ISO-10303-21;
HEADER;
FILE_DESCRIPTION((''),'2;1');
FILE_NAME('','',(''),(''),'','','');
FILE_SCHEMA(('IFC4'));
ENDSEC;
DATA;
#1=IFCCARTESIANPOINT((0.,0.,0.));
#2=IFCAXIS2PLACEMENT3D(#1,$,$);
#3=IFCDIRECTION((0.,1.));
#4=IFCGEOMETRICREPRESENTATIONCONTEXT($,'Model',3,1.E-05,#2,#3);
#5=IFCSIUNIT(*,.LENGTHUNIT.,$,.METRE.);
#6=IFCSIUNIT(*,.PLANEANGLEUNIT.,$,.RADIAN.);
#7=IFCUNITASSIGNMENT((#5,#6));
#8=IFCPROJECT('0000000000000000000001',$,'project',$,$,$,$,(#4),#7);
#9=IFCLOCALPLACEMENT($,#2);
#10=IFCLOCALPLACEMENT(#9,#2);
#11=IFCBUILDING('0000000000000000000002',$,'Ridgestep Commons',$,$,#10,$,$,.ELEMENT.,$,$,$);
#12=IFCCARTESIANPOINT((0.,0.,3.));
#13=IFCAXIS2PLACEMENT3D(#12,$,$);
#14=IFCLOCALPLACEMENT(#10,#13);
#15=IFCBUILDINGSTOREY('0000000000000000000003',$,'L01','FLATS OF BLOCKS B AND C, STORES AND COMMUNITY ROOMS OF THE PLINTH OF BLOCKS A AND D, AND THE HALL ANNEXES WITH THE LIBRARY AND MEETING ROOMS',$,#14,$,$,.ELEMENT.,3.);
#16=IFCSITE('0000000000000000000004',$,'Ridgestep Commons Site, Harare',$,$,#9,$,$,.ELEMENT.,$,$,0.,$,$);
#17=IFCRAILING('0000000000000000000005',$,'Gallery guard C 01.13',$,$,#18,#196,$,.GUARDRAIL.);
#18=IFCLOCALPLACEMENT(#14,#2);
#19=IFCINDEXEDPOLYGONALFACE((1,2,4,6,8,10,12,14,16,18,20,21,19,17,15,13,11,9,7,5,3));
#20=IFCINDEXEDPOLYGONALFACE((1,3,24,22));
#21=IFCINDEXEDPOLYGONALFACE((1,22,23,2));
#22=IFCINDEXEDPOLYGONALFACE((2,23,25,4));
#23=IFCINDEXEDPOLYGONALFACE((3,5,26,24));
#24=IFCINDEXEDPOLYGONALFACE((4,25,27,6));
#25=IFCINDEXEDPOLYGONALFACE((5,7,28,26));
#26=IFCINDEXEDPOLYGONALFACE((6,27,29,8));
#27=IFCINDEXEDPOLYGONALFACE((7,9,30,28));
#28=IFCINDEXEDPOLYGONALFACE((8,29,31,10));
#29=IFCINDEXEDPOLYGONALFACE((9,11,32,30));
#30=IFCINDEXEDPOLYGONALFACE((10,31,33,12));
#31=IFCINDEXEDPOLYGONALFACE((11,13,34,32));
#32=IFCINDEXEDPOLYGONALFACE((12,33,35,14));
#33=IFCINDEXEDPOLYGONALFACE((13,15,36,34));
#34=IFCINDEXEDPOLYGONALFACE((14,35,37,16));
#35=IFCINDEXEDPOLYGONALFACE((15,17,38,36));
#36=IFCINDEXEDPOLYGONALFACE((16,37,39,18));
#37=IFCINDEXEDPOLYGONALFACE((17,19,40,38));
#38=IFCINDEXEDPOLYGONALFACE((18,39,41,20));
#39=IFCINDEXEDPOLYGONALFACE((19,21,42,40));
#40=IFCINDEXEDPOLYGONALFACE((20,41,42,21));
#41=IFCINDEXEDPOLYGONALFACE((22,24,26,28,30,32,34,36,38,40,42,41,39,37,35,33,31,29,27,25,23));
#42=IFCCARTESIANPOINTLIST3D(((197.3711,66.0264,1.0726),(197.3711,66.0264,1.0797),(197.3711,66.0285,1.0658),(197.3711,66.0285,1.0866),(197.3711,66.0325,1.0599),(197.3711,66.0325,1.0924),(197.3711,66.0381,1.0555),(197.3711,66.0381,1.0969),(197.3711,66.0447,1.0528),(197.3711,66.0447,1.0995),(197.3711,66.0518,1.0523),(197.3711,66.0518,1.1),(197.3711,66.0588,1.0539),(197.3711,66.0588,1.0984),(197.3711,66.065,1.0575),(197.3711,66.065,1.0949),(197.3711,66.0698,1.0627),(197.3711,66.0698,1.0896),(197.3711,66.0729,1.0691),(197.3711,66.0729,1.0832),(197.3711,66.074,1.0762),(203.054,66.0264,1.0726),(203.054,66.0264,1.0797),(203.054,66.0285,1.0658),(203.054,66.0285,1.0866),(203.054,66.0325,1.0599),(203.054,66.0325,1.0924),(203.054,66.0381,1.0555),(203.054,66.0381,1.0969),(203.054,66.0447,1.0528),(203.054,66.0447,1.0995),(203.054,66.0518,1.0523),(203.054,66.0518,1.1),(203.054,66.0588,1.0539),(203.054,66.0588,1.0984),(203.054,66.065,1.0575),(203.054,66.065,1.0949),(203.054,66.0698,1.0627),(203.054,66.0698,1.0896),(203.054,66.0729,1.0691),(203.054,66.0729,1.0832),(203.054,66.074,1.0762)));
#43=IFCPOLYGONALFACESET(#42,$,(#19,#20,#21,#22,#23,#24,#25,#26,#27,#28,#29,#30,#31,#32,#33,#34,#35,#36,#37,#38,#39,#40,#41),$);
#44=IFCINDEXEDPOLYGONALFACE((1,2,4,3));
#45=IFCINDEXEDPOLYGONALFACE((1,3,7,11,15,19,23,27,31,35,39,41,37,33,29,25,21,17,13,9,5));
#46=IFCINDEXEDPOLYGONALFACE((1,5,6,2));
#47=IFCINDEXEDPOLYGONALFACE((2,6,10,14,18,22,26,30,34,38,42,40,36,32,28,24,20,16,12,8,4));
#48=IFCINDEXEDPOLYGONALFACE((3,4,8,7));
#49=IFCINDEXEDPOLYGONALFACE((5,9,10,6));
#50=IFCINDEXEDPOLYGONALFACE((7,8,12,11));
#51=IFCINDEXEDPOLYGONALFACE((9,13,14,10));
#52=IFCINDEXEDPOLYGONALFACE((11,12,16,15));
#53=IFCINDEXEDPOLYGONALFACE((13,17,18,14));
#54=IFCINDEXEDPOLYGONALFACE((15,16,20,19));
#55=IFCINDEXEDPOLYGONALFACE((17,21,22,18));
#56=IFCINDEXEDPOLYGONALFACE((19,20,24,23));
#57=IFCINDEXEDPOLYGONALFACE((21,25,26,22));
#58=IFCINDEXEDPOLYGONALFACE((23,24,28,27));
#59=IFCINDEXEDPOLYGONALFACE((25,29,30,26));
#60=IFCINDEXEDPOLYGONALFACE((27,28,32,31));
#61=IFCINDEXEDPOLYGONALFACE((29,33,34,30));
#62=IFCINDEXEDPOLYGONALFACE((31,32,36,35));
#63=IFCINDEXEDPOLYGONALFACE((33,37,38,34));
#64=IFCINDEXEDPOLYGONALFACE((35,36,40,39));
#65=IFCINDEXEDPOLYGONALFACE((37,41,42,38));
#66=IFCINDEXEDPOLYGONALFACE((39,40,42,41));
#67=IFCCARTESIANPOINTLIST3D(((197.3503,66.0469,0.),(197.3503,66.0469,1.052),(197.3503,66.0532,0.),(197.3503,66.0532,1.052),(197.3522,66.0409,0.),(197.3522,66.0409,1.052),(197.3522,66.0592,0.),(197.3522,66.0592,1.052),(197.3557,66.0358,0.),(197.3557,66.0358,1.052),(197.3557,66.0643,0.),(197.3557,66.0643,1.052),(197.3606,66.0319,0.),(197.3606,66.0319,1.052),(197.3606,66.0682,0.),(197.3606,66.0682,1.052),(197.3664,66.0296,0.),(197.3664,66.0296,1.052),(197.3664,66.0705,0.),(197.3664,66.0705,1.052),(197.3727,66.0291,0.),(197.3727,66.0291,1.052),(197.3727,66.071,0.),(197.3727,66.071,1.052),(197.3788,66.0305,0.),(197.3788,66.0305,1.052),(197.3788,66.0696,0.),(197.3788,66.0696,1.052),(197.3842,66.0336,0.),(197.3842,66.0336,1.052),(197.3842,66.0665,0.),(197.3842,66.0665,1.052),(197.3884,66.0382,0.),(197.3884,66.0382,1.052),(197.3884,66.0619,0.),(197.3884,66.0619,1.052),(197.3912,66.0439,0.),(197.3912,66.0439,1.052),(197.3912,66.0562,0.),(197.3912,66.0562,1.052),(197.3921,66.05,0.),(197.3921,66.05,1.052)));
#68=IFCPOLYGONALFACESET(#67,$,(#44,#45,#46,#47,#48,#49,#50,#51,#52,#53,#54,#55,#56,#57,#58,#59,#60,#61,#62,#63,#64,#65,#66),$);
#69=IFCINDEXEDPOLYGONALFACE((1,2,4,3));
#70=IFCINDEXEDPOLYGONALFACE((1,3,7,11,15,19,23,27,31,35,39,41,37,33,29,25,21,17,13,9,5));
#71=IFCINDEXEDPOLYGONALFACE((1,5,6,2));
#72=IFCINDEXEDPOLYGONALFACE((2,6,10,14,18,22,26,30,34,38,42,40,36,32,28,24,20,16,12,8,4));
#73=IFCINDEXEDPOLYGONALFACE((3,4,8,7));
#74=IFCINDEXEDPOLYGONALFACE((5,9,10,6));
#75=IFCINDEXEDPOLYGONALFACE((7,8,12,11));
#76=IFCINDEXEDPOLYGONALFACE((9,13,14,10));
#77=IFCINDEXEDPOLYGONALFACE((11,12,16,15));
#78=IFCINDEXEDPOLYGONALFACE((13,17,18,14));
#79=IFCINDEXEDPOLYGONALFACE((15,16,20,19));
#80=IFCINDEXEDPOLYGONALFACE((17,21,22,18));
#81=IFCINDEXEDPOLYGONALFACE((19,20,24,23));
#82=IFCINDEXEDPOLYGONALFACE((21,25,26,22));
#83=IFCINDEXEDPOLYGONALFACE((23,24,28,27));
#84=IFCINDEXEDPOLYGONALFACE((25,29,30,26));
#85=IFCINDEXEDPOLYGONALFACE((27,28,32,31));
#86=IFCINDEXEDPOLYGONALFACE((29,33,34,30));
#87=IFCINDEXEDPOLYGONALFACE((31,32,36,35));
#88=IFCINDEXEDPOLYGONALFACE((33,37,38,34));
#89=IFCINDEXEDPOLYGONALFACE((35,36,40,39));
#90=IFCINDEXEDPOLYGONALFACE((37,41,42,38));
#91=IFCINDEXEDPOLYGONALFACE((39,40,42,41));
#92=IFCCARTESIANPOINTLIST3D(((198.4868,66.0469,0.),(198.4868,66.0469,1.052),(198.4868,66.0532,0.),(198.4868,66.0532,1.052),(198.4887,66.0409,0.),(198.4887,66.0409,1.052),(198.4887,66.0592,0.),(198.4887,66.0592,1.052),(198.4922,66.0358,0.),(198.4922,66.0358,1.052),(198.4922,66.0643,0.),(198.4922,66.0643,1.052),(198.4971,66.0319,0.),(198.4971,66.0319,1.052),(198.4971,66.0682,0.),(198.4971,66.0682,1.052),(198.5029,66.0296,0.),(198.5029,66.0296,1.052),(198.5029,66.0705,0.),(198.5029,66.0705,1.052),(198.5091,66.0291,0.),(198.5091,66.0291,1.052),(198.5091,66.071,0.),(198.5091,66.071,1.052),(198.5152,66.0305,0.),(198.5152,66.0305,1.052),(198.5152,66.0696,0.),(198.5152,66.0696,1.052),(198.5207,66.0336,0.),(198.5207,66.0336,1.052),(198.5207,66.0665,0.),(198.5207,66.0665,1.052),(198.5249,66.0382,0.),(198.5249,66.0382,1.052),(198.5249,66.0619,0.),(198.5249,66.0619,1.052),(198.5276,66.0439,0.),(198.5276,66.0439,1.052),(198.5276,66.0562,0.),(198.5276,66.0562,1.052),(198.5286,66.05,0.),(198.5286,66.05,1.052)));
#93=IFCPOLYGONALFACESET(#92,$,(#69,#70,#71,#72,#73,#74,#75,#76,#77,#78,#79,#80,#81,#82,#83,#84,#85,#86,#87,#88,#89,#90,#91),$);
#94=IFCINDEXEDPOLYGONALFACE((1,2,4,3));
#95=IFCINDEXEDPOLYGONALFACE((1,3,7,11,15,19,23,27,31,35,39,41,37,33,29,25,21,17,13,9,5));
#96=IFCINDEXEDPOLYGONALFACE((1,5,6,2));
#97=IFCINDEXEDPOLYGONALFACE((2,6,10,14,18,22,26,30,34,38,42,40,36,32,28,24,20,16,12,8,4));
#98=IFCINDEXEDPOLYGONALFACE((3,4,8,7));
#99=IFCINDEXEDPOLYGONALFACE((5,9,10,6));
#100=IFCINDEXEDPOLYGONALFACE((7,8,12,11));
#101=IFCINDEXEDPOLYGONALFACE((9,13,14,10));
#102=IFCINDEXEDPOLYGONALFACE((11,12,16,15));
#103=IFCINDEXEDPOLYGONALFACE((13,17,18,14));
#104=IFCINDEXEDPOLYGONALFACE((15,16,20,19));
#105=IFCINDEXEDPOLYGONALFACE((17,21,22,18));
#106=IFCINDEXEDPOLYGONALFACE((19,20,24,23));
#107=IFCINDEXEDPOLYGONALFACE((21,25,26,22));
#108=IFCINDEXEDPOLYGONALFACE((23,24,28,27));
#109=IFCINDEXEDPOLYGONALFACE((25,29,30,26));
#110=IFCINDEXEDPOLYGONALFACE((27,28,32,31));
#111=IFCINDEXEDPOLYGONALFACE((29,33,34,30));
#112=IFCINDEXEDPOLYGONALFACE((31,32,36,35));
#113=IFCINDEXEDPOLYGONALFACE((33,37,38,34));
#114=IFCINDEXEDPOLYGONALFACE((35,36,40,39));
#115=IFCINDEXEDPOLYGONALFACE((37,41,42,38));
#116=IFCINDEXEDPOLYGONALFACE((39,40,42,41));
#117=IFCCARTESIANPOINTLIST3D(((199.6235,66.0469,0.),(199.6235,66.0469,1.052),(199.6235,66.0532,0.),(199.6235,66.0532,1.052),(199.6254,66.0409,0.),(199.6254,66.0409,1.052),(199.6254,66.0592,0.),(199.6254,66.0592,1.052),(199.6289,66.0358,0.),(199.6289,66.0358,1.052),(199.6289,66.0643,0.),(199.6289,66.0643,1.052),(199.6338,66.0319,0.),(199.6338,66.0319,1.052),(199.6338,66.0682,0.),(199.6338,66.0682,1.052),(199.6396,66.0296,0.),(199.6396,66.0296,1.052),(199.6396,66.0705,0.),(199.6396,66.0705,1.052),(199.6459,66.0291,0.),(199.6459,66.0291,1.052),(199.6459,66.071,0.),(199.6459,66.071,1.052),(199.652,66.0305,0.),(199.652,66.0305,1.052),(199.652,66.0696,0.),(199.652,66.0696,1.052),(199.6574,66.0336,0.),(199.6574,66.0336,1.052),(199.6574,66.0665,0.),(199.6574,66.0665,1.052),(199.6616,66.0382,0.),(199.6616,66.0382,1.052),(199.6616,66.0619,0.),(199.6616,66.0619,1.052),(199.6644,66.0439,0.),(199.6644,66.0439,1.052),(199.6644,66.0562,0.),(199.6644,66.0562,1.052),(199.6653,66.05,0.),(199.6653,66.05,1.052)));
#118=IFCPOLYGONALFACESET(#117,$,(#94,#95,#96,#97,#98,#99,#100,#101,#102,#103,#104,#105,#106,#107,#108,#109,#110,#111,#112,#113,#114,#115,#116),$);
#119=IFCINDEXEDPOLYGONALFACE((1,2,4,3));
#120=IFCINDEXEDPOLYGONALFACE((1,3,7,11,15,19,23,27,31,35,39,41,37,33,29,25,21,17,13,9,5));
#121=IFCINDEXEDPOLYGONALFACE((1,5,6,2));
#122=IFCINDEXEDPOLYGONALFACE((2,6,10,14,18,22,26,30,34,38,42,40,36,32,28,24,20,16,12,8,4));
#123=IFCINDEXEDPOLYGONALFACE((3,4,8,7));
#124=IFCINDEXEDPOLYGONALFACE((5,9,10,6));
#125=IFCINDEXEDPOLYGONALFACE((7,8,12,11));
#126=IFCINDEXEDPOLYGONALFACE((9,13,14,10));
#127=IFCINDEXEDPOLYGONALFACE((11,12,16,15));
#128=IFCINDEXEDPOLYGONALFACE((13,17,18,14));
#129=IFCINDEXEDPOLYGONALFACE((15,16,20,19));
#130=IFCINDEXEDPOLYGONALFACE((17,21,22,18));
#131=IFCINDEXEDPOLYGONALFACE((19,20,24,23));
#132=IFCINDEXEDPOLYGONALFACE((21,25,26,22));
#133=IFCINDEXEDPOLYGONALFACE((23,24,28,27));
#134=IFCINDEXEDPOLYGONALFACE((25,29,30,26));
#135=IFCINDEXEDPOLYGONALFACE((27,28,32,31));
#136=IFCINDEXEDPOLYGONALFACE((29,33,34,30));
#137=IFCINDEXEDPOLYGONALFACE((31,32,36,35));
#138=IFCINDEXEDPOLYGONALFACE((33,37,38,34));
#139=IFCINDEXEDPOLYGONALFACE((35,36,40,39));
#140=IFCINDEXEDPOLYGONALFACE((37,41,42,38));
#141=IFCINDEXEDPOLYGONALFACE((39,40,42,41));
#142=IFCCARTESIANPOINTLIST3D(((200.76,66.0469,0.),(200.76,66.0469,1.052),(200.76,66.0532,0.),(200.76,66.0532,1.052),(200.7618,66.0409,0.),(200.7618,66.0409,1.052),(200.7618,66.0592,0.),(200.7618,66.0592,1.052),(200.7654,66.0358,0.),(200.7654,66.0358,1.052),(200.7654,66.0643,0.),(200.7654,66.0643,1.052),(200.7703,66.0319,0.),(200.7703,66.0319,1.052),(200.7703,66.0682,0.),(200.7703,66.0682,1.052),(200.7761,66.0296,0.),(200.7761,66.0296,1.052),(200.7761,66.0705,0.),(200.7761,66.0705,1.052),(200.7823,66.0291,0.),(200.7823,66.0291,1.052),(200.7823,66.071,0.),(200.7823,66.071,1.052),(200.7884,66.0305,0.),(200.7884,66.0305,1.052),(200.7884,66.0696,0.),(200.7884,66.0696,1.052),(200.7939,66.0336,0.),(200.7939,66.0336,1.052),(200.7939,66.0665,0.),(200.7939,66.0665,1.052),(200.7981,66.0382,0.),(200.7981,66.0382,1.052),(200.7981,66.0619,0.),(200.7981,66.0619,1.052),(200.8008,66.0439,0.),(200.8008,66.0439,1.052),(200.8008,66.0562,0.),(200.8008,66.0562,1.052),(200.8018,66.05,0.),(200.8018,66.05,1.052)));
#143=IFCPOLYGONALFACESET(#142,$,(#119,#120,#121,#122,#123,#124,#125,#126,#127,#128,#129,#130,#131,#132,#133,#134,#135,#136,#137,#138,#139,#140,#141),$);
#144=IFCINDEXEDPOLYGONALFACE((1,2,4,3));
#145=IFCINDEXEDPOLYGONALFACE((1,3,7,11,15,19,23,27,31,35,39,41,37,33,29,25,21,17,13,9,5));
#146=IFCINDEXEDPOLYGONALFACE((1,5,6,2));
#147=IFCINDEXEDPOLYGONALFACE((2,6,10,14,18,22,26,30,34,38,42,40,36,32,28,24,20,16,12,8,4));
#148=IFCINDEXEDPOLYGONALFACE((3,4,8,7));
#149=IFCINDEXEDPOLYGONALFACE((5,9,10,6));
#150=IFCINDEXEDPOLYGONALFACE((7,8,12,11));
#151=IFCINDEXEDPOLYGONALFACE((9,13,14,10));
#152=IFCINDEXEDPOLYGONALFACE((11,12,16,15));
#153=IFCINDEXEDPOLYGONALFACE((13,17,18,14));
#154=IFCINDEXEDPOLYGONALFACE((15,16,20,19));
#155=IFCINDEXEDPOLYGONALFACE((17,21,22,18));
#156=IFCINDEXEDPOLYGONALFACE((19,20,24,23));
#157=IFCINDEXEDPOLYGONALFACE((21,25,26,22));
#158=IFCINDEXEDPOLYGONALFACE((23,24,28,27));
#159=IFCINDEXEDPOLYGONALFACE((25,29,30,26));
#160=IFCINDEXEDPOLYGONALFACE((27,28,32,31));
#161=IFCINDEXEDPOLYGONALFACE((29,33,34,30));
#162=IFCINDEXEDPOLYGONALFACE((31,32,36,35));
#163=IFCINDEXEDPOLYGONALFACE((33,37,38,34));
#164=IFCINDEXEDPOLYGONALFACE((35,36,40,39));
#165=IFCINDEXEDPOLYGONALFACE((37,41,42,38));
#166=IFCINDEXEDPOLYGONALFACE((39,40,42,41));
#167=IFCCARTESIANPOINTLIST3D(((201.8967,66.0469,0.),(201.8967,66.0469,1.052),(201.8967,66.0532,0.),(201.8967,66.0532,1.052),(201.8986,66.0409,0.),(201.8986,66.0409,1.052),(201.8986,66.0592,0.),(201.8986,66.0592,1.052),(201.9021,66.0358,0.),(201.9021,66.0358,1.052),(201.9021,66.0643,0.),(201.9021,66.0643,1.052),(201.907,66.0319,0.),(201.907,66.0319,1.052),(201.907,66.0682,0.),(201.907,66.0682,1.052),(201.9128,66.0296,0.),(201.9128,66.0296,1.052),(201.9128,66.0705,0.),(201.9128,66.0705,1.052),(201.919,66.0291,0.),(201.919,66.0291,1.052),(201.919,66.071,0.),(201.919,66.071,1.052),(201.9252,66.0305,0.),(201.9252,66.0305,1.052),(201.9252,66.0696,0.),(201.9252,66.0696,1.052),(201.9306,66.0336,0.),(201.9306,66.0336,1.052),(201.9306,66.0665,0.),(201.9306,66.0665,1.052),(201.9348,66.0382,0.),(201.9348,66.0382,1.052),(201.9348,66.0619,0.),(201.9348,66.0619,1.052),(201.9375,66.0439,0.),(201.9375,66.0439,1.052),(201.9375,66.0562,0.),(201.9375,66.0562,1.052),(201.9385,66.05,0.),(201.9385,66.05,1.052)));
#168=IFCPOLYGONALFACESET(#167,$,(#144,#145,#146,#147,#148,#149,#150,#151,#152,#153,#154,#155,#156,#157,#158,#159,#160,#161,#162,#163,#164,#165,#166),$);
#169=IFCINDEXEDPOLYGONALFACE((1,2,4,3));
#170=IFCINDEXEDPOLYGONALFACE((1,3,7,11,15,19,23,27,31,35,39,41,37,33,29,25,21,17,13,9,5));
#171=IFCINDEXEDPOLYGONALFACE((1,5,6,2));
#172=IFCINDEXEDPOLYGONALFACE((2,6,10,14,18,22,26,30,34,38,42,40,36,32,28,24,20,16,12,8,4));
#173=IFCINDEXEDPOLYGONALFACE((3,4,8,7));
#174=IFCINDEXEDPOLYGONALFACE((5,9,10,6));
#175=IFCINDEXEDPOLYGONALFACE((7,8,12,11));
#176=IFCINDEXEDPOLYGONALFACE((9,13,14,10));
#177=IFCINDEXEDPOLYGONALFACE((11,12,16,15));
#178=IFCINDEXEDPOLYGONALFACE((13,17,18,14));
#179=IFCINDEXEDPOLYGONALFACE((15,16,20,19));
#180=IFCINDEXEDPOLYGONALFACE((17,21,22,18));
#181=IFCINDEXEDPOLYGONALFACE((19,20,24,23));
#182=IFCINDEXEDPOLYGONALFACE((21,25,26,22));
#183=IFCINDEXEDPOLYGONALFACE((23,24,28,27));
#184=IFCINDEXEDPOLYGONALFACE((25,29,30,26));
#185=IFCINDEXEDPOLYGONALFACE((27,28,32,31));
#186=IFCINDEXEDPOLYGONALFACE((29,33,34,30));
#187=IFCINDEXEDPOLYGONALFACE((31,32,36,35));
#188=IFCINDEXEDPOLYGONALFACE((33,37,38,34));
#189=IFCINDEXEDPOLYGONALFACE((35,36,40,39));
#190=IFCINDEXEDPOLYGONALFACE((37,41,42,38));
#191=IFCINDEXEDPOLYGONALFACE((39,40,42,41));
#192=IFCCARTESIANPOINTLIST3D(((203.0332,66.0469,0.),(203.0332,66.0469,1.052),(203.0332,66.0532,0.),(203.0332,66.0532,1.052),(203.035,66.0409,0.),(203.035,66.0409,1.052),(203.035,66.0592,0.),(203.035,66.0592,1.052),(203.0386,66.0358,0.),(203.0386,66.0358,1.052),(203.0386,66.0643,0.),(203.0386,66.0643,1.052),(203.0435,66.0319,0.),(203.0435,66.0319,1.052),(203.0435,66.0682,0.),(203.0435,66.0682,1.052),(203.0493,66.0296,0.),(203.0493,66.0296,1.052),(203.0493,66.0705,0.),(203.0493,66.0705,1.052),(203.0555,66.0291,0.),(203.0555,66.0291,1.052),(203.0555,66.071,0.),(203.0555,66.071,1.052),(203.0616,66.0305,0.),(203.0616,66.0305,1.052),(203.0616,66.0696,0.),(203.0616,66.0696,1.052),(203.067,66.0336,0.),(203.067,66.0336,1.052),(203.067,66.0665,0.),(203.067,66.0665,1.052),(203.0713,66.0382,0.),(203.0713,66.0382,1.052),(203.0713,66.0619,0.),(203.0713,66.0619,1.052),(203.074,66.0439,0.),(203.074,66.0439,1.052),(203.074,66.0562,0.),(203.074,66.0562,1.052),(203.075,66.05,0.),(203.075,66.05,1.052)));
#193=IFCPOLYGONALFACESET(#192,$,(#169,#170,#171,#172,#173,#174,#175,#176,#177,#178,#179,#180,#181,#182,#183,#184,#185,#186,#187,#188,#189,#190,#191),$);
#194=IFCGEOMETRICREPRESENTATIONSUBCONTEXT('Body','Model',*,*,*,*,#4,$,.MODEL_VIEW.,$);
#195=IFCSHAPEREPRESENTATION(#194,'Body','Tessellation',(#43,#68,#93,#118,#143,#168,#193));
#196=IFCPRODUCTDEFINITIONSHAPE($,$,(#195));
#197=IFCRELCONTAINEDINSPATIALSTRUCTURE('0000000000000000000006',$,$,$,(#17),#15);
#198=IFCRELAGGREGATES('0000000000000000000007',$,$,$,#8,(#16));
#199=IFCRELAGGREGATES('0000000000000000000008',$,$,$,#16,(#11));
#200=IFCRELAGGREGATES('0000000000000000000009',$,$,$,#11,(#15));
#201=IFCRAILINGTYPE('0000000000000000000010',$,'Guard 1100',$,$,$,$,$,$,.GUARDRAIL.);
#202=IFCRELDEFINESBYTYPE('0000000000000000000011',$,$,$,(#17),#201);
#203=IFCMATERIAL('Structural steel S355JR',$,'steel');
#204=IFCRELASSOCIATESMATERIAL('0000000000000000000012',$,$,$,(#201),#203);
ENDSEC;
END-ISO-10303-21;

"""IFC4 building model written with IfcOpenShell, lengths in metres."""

from ifc_helpers import new_model, si_unit, direction, frame, origin, origin_2d, place, context, subcontext, project, spatial, circle, extrude, material, type_object, element, save


model = new_model("IFC4")

# Units and contexts
model_context = context("Model", 3, precision=1e-05, world=origin(), true_north=direction((0.0, 1.0)))
body_context = subcontext(model_context, "Body", "Model", "MODEL_VIEW")
ifc_project = project(units=[si_unit("LENGTHUNIT", "METRE"), si_unit("PLANEANGLEUNIT", "RADIAN")], contexts=[model_context])

# Site, building, storey
site_placement = place(None, origin())
site = spatial("IfcSite", under=ifc_project, at=site_placement, Name="Ridgestep Commons Site, Harare", CompositionType="ELEMENT", RefElevation=0.0)
building_placement = place(site_placement, origin())
building = spatial("IfcBuilding", under=site, at=building_placement, Name="Ridgestep Commons", CompositionType="ELEMENT")
storey_placement = place(building_placement, frame((0.0, 0.0, 3.0)))
storey = spatial("IfcBuildingStorey", under=building, at=storey_placement, Name="L01", Description="FLATS OF BLOCKS B AND C, STORES AND COMMUNITY ROOMS OF THE PLINTH OF BLOCKS A AND D, AND THE HALL ANNEXES WITH THE LIBRARY AND MEETING ROOMS", CompositionType="ELEMENT", Elevation=3.0)

# Railing
ifc_material_1 = material(Name="Structural steel S355JR", Category="steel")
railing_type = type_object("IfcRailingType", Name="Guard 1100", PredefinedType="GUARDRAIL", material=ifc_material_1)
railing_1_placement = place(storey_placement, frame((197.3711, 66.05, 0.0)))
element("IfcRailing", 1, at=railing_1_placement, inside=storey, type_object=railing_type, Name="Gallery guard C 01.13", PredefinedType="GUARDRAIL", context=body_context, shape_type="SweptSolid", body=[
    extrude(circle(Radius=0.0239, at=origin_2d()), frame((0.0, 0.0, 1.0762), z_axis=(1.0, 0.0, 0.0), x_axis=(0.0, 1.0, 0.0)), (0.0, 0.0, 1.0), 5.6829),
    extrude(circle(Radius=0.021, at=origin_2d()), origin(), (0.0, 0.0, 1.0), 1.052),
    extrude(circle(Radius=0.021, at=origin_2d()), frame((1.1365, 0.0, 0.0)), (0.0, 0.0, 1.0), 1.052),
    extrude(circle(Radius=0.021, at=origin_2d()), frame((2.2732, 0.0, 0.0)), (0.0, 0.0, 1.0), 1.052),
    extrude(circle(Radius=0.021, at=origin_2d()), frame((3.4097, 0.0, 0.0)), (0.0, 0.0, 1.0), 1.052),
    extrude(circle(Radius=0.021, at=origin_2d()), frame((4.5464, 0.0, 0.0)), (0.0, 0.0, 1.0), 1.052),
    extrude(circle(Radius=0.021, at=origin_2d()), frame((5.6829, 0.0, 0.0)), (0.0, 0.0, 1.0), 1.052),
])

save(model, "model.ifc")
